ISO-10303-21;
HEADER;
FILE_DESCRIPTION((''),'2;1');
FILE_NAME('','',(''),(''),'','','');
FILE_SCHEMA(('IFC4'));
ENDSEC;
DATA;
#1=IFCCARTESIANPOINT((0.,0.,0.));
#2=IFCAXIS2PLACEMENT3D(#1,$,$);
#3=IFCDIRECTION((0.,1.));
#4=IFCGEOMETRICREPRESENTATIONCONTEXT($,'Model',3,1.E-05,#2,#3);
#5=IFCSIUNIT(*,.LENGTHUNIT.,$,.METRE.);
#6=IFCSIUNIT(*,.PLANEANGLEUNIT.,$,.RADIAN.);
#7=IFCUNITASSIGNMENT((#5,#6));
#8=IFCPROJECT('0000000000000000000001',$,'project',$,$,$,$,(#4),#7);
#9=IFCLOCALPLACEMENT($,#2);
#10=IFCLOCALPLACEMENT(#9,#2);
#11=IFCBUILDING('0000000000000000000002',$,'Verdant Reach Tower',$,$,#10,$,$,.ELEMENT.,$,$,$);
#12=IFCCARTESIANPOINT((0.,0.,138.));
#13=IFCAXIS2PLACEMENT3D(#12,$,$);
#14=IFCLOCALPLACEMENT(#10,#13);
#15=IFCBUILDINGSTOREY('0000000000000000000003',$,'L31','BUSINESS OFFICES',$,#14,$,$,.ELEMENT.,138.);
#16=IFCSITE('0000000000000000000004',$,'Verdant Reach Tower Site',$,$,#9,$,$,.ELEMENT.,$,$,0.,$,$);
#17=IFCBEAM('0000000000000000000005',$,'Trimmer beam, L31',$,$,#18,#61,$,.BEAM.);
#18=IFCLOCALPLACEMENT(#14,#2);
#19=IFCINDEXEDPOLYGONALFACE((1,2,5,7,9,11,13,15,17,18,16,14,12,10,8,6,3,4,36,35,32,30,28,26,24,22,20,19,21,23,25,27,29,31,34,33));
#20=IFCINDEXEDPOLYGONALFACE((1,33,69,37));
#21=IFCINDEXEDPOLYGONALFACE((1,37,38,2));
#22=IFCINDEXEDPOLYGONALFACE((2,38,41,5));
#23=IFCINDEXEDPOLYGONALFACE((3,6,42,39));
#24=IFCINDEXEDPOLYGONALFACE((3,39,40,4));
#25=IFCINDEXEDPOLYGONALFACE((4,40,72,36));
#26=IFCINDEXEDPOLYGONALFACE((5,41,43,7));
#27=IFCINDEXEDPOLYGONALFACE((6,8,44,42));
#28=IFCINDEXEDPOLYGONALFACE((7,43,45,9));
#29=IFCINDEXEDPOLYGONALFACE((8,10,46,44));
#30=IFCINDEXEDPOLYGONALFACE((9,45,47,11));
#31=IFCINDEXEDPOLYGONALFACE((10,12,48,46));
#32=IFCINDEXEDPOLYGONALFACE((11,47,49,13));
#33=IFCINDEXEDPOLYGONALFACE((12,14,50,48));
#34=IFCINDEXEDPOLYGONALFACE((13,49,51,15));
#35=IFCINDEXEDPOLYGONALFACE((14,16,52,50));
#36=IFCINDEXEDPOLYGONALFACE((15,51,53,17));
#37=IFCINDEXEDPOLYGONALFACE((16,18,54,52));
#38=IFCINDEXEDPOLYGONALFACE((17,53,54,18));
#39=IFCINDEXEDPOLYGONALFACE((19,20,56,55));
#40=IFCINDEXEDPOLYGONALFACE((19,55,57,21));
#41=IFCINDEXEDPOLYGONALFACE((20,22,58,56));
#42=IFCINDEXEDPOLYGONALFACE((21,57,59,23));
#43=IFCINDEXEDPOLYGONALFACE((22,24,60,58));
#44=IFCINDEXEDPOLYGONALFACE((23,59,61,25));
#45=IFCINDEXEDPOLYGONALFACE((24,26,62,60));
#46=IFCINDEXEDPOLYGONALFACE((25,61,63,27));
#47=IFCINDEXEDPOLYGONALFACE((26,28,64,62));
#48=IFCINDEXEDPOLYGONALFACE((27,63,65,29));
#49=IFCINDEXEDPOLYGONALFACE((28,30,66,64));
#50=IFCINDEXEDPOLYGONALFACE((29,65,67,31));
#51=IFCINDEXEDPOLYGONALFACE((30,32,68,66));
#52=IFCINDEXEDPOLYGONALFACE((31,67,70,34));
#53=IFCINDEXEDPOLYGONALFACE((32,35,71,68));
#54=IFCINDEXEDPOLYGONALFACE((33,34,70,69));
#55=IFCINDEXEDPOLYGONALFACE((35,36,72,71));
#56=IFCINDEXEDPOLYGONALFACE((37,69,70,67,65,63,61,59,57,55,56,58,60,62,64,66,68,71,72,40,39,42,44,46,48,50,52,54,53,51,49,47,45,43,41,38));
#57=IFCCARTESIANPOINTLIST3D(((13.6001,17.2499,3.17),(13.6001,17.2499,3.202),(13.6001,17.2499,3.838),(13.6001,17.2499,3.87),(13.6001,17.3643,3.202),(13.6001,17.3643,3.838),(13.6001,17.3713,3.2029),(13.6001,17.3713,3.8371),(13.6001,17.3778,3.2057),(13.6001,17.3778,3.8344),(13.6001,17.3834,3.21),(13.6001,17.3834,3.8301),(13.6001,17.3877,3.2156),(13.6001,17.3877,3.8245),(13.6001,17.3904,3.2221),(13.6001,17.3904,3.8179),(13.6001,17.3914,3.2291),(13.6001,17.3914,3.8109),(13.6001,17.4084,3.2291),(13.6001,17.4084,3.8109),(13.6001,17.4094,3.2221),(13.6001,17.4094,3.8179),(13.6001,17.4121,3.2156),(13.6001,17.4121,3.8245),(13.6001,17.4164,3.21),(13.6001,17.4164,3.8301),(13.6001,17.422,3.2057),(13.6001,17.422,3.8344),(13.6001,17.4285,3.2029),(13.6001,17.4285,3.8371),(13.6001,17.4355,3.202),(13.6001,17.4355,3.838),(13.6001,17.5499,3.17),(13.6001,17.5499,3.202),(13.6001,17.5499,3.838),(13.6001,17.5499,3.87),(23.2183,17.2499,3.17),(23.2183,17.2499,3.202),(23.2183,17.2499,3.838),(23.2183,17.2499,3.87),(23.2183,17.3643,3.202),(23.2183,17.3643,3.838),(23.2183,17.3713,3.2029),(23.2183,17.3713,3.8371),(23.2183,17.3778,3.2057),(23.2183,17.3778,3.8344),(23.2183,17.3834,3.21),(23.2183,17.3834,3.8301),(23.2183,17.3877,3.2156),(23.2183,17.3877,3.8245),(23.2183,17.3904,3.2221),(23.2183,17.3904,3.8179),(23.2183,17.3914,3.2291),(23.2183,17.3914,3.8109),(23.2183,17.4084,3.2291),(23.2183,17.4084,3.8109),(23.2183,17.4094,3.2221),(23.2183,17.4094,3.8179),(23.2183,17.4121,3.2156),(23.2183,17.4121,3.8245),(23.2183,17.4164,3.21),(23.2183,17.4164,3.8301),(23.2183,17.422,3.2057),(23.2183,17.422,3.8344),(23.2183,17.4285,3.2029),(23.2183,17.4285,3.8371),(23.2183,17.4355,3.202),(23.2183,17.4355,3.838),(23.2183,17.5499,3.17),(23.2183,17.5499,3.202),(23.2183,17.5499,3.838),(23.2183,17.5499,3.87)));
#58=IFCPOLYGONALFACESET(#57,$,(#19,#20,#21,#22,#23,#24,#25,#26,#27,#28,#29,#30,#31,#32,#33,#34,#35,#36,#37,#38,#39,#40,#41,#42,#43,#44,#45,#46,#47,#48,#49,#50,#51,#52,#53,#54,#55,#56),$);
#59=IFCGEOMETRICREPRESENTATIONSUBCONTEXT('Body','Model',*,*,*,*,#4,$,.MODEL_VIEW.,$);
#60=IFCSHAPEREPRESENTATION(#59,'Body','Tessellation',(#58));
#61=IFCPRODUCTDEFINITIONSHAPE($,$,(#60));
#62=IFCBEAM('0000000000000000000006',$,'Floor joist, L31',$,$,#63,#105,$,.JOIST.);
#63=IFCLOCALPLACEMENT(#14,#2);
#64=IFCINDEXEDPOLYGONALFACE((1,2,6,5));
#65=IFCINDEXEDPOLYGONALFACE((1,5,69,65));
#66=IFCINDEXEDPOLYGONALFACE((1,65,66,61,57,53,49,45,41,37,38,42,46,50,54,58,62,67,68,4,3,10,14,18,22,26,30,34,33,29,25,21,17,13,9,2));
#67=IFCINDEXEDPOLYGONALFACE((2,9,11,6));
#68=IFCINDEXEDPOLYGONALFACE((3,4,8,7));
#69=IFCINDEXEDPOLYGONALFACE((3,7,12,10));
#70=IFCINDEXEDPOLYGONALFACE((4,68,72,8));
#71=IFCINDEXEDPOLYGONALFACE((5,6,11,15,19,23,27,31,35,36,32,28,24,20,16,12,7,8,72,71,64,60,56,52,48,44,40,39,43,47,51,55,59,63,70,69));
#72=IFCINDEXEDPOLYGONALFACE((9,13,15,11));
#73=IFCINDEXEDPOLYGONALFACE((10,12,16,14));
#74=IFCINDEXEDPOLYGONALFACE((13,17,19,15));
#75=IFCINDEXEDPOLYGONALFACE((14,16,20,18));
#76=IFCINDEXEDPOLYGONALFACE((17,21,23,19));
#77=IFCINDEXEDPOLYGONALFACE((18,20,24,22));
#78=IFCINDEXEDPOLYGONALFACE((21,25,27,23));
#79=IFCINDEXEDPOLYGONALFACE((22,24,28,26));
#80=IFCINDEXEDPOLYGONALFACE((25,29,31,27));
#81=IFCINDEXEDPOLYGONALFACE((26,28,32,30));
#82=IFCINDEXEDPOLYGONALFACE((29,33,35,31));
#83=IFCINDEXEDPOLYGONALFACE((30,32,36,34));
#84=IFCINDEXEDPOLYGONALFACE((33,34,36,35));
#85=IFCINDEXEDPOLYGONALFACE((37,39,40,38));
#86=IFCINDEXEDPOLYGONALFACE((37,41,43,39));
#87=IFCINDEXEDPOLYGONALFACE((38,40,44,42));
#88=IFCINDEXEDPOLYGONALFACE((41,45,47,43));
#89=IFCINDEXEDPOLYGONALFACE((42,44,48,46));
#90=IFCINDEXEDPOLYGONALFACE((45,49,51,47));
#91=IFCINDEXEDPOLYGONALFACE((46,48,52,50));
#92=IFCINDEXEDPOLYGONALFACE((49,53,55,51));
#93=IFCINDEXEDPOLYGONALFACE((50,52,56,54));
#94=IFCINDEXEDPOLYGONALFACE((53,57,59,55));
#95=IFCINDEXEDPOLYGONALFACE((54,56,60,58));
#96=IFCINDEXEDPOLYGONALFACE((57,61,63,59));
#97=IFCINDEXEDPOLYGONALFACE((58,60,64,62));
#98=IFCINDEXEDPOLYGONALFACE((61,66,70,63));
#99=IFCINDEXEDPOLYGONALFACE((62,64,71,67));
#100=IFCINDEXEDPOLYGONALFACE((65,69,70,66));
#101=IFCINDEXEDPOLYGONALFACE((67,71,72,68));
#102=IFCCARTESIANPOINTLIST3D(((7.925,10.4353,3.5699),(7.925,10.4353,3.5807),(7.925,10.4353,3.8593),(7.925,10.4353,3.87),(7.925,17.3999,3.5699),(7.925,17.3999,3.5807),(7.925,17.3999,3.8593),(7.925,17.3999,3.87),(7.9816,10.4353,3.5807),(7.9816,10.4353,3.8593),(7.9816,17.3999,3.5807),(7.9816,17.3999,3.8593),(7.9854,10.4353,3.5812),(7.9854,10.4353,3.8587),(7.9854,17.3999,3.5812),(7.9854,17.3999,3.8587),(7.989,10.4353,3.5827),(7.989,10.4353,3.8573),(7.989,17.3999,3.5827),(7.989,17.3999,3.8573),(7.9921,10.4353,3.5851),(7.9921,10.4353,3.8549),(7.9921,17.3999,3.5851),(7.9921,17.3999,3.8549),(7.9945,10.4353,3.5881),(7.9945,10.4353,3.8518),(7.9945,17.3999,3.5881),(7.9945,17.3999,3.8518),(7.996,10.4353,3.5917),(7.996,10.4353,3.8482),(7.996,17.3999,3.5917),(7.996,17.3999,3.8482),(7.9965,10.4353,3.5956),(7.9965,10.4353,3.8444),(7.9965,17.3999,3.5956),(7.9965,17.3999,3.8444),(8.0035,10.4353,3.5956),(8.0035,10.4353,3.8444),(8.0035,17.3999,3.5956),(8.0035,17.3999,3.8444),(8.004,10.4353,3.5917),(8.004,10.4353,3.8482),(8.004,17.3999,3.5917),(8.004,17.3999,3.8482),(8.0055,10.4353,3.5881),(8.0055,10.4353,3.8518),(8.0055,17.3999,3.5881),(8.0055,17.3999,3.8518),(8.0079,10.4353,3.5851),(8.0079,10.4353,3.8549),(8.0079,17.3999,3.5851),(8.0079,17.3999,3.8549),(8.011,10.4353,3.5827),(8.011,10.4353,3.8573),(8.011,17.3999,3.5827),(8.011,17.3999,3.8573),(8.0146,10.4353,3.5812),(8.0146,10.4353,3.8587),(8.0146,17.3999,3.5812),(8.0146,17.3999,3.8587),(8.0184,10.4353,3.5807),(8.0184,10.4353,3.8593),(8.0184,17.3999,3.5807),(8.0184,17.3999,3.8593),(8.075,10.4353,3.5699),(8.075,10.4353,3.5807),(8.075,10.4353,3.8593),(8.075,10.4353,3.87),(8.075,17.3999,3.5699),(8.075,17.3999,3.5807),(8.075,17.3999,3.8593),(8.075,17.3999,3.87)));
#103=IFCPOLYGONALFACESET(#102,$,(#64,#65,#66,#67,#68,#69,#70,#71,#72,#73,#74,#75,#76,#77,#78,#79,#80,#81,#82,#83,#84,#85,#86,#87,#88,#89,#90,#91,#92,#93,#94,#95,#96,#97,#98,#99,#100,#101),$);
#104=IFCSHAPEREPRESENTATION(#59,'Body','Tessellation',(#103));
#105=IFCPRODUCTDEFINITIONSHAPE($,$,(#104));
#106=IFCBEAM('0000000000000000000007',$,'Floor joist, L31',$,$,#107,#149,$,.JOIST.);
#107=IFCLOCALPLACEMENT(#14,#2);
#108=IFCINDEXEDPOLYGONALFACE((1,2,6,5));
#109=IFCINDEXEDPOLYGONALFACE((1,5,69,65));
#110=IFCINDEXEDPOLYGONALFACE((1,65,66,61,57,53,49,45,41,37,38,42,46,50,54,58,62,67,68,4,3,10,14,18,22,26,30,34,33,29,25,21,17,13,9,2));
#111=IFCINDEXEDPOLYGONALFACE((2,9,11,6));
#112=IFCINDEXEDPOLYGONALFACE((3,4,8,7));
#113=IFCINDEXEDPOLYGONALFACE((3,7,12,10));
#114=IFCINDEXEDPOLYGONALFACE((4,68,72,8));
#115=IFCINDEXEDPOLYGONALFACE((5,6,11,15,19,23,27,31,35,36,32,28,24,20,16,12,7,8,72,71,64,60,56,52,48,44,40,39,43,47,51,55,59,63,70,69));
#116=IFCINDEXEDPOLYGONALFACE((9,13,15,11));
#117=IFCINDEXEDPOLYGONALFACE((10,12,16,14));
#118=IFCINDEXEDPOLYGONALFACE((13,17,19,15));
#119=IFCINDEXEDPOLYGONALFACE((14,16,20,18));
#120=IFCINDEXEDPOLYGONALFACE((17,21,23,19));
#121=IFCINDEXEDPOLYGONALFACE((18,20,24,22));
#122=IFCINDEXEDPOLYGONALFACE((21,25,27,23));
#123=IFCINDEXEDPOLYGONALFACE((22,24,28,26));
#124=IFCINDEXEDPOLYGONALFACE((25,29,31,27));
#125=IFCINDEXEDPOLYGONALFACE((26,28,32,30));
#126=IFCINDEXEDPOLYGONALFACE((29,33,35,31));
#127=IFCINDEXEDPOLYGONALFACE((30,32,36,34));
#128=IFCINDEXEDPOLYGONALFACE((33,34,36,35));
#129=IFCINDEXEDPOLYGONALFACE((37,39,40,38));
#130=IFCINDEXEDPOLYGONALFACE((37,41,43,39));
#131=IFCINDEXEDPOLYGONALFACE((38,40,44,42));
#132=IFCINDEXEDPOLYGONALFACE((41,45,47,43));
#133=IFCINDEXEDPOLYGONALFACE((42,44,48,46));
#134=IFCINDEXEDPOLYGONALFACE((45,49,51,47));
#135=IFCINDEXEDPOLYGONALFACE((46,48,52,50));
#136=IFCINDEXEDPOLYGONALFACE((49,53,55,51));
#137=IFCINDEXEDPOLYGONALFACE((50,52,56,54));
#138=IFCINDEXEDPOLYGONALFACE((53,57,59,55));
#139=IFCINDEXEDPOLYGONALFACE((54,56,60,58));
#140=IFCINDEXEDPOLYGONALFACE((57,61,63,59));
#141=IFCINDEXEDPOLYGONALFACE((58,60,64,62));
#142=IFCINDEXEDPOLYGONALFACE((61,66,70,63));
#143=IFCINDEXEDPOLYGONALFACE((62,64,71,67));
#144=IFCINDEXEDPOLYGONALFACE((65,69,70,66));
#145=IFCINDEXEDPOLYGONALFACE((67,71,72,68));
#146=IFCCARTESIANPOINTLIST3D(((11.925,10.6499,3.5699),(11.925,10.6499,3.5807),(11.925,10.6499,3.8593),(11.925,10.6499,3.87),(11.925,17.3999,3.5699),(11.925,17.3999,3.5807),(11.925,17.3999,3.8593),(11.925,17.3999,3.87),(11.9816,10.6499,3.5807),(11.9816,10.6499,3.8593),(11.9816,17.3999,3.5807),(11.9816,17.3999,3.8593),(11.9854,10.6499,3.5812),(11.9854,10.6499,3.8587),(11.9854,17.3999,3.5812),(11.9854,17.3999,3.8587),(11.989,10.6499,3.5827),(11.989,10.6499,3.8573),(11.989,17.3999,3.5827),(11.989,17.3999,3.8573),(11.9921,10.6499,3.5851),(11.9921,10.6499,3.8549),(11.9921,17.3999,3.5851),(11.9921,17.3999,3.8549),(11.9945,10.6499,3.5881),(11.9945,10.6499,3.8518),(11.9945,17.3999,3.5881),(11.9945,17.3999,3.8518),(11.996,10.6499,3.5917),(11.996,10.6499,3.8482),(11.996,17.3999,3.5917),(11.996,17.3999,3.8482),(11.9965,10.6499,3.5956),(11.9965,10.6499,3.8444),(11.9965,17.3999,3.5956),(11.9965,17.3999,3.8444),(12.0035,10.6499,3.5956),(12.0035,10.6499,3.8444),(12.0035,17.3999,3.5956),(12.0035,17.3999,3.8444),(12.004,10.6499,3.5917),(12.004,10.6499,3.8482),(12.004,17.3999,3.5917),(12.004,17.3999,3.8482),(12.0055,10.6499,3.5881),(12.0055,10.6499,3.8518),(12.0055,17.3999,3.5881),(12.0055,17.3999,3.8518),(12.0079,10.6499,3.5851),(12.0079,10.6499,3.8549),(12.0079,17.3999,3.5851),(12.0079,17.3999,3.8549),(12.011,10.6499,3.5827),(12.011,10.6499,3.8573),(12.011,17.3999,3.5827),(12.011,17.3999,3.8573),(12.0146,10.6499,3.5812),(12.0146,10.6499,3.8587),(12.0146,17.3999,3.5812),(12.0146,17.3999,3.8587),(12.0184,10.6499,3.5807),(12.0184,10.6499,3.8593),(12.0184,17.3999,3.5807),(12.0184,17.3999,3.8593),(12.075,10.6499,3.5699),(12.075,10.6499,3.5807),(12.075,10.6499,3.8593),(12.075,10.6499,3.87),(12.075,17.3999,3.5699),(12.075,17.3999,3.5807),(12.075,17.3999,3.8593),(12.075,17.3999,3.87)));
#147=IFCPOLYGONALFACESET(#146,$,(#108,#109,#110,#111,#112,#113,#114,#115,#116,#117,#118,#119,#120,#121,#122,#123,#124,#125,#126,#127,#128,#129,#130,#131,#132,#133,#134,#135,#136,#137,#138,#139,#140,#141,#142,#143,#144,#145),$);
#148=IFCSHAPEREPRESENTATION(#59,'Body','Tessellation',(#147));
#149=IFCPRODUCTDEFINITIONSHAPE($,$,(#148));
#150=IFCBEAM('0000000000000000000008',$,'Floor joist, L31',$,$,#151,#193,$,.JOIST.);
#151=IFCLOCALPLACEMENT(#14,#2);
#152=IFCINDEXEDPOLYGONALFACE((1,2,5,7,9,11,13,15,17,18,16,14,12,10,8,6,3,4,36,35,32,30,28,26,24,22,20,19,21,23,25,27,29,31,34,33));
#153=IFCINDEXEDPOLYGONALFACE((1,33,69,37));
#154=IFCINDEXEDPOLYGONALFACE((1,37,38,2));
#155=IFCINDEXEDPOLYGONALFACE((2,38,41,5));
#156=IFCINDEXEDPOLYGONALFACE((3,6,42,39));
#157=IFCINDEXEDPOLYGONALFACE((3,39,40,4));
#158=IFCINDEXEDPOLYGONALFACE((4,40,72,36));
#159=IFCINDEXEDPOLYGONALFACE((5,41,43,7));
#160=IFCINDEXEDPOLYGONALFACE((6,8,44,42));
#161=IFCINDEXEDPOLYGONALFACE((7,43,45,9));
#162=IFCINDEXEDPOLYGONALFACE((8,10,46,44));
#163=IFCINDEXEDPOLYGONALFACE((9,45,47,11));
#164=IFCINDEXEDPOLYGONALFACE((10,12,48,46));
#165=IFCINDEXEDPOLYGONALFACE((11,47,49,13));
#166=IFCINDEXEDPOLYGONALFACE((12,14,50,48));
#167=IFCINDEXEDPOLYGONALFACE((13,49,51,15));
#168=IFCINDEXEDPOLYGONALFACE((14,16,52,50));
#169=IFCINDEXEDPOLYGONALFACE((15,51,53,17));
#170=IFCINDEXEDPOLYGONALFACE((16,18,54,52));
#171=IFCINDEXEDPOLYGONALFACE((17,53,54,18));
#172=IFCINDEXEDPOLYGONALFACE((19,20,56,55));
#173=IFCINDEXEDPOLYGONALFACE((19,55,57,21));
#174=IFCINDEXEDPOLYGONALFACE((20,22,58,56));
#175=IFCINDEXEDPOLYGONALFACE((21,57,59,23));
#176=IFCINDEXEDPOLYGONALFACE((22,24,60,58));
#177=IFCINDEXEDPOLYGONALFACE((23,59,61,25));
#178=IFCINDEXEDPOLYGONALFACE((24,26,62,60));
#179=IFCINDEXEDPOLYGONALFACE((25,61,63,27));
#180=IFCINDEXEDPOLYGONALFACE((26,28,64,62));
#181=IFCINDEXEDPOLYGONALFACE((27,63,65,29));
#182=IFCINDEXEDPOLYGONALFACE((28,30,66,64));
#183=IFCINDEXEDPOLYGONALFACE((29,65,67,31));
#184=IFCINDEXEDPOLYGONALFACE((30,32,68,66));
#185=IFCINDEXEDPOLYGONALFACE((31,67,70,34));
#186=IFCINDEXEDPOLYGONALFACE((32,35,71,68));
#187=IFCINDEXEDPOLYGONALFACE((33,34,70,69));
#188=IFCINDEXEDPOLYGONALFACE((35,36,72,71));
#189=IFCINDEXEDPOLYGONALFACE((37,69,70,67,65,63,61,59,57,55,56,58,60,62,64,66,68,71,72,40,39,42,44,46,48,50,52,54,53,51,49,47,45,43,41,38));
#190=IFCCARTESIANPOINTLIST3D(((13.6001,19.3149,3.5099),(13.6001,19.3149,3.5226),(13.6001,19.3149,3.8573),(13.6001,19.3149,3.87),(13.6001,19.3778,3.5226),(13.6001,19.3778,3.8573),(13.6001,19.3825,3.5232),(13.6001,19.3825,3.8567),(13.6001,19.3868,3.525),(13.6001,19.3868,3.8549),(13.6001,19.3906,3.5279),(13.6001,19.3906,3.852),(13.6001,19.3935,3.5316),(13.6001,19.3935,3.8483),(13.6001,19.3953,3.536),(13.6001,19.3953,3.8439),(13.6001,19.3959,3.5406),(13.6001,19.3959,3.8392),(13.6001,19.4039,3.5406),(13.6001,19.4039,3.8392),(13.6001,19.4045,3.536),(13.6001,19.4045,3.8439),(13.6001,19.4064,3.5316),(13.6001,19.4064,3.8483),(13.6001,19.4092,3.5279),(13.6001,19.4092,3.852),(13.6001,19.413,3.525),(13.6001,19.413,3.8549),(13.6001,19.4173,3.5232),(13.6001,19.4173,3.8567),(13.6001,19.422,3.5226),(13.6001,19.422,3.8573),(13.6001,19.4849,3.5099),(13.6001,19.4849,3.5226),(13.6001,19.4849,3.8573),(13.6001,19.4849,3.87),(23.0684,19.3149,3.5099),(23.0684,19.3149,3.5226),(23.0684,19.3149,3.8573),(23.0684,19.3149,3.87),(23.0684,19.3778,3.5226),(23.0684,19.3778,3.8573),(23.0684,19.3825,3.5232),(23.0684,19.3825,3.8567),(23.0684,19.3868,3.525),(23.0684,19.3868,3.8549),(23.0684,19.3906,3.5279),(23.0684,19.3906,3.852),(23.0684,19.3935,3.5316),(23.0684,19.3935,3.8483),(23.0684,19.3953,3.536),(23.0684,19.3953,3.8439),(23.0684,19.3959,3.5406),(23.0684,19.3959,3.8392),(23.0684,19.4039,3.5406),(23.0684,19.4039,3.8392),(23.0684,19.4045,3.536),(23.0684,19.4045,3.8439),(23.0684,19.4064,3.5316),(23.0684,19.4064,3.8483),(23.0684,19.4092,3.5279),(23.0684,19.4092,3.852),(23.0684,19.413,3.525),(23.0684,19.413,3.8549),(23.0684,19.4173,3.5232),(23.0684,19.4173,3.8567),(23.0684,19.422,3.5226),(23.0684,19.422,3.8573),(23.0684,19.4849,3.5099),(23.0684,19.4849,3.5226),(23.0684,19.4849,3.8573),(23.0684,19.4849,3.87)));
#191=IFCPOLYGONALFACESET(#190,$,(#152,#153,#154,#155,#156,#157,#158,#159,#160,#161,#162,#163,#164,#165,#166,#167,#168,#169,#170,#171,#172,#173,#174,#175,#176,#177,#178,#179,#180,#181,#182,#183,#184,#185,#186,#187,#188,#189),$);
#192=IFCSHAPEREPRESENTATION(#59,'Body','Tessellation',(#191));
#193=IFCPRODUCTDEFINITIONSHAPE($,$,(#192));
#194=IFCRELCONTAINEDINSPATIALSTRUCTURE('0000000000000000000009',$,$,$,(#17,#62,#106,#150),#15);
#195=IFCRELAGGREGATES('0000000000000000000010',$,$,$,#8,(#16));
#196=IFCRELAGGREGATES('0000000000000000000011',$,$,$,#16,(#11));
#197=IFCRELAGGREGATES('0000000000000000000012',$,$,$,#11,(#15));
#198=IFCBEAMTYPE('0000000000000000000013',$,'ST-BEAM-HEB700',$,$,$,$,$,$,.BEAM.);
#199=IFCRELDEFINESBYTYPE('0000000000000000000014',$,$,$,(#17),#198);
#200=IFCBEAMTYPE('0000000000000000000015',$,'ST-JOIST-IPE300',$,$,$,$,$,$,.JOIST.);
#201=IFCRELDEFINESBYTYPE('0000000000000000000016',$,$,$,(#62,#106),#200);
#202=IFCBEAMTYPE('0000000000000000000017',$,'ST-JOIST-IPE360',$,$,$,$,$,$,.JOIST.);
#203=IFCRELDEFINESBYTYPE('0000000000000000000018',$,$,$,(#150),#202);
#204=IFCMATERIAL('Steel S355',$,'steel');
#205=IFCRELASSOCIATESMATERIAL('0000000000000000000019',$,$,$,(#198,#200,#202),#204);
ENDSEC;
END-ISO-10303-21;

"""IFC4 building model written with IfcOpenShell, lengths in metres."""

from ifc_helpers import new_model, si_unit, direction, frame, origin, origin_2d, place, context, subcontext, project, spatial, i_section, extrude, material, material_profile, profile_set, type_object, element, save


model = new_model("IFC4")

# Units and contexts
model_context = context("Model", 3, precision=1e-05, world=origin(), true_north=direction((0.0, 1.0)))
body_context = subcontext(model_context, "Body", "Model", "MODEL_VIEW")
ifc_project = project(units=[si_unit("LENGTHUNIT", "METRE"), si_unit("PLANEANGLEUNIT", "RADIAN")], contexts=[model_context])

# Site, building, storey
site_placement = place(None, origin())
site = spatial("IfcSite", under=ifc_project, at=site_placement, Name="Verdant Reach Tower Site", CompositionType="ELEMENT", RefElevation=0.0)
building_placement = place(site_placement, origin())
building = spatial("IfcBuilding", under=site, at=building_placement, Name="Verdant Reach Tower", CompositionType="ELEMENT")
storey_placement = place(building_placement, frame((0.0, 0.0, 138.0)))
storey = spatial("IfcBuildingStorey", under=building, at=storey_placement, Name="L31", Description="BUSINESS OFFICES", CompositionType="ELEMENT", Elevation=138.0)

# Beams
ifc_material_1 = material(Name="Steel S355", Category="steel")
ifc_material_profile_1 = material_profile(ifc_material_1, i_section(OverallWidth=0.3, OverallDepth=0.7, WebThickness=0.0171, FlangeThickness=0.032, FilletRadius=0.0271, at=origin_2d()), Name="HEB 700")
ifc_profile_set_1 = profile_set([ifc_material_profile_1], Name="Steel S355")
beam_type_1 = type_object("IfcBeamType", Name="ST-BEAM-HEB700", PredefinedType="BEAM", material=ifc_profile_set_1)
beam_1_placement = place(storey_placement, frame((13.6001, 17.3999, 3.52), z_axis=(1.0, 0.0, 0.0), x_axis=(0.0, 1.0, 0.0)))
element("IfcBeam", 1, at=beam_1_placement, inside=storey, type_object=beam_type_1, Name="Trimmer beam, L31", PredefinedType="BEAM", context=body_context, shape_type="SweptSolid", body=[
    extrude(i_section(OverallWidth=0.3, OverallDepth=0.7, WebThickness=0.0171, FlangeThickness=0.032, FilletRadius=0.0271, at=origin_2d()), origin(), (0.0, 0.0, 1.0), 9.6182),
])
ifc_material_profile_2 = material_profile(ifc_material_1, i_section(OverallWidth=0.1499, OverallDepth=0.3, WebThickness=0.0071, FlangeThickness=0.0107, FilletRadius=0.0149, at=origin_2d()), Name="IPE 300")
ifc_profile_set_2 = profile_set([ifc_material_profile_2], Name="Steel S355")
beam_type_2 = type_object("IfcBeamType", Name="ST-JOIST-IPE300", PredefinedType="JOIST", material=ifc_profile_set_2)
beam_2_placement = place(storey_placement, frame((8.0, 17.3999, 3.72), z_axis=(0.0, -1.0, 0.0), x_axis=(1.0, 0.0, 0.0)))
element("IfcBeam", 2, at=beam_2_placement, inside=storey, type_object=beam_type_2, Name="Floor joist, L31", PredefinedType="JOIST", context=body_context, shape_type="SweptSolid", body=[
    extrude(i_section(OverallWidth=0.1499, OverallDepth=0.3, WebThickness=0.0071, FlangeThickness=0.0107, FilletRadius=0.0149, at=origin_2d()), origin(), (0.0, 0.0, 1.0), 6.9646),
])
beam_3_placement = place(storey_placement, frame((12.0, 17.3999, 3.72), z_axis=(0.0, -1.0, 0.0), x_axis=(1.0, 0.0, 0.0)))
element("IfcBeam", 3, at=beam_3_placement, inside=storey, type_object=beam_type_2, Name="Floor joist, L31", PredefinedType="JOIST", context=body_context, shape_type="SweptSolid", body=[
    extrude(i_section(OverallWidth=0.1499, OverallDepth=0.3, WebThickness=0.0071, FlangeThickness=0.0107, FilletRadius=0.0149, at=origin_2d()), origin(), (0.0, 0.0, 1.0), 6.75),
])
ifc_material_profile_3 = material_profile(ifc_material_1, i_section(OverallWidth=0.1699, OverallDepth=0.3601, WebThickness=0.0081, FlangeThickness=0.0127, FilletRadius=0.0181, at=origin_2d()), Name="IPE 360")
ifc_profile_set_3 = profile_set([ifc_material_profile_3], Name="Steel S355")
beam_type_3 = type_object("IfcBeamType", Name="ST-JOIST-IPE360", PredefinedType="JOIST", material=ifc_profile_set_3)
beam_4_placement = place(storey_placement, frame((13.6001, 19.3999, 3.6899), z_axis=(1.0, 0.0, 0.0), x_axis=(0.0, 1.0, 0.0)))
element("IfcBeam", 4, at=beam_4_placement, inside=storey, type_object=beam_type_3, Name="Floor joist, L31", PredefinedType="JOIST", context=body_context, shape_type="SweptSolid", body=[
    extrude(i_section(OverallWidth=0.1699, OverallDepth=0.3601, WebThickness=0.0081, FlangeThickness=0.0127, FilletRadius=0.0181, at=origin_2d()), origin(), (0.0, 0.0, 1.0), 9.4683),
])

save(model, "model.ifc")
